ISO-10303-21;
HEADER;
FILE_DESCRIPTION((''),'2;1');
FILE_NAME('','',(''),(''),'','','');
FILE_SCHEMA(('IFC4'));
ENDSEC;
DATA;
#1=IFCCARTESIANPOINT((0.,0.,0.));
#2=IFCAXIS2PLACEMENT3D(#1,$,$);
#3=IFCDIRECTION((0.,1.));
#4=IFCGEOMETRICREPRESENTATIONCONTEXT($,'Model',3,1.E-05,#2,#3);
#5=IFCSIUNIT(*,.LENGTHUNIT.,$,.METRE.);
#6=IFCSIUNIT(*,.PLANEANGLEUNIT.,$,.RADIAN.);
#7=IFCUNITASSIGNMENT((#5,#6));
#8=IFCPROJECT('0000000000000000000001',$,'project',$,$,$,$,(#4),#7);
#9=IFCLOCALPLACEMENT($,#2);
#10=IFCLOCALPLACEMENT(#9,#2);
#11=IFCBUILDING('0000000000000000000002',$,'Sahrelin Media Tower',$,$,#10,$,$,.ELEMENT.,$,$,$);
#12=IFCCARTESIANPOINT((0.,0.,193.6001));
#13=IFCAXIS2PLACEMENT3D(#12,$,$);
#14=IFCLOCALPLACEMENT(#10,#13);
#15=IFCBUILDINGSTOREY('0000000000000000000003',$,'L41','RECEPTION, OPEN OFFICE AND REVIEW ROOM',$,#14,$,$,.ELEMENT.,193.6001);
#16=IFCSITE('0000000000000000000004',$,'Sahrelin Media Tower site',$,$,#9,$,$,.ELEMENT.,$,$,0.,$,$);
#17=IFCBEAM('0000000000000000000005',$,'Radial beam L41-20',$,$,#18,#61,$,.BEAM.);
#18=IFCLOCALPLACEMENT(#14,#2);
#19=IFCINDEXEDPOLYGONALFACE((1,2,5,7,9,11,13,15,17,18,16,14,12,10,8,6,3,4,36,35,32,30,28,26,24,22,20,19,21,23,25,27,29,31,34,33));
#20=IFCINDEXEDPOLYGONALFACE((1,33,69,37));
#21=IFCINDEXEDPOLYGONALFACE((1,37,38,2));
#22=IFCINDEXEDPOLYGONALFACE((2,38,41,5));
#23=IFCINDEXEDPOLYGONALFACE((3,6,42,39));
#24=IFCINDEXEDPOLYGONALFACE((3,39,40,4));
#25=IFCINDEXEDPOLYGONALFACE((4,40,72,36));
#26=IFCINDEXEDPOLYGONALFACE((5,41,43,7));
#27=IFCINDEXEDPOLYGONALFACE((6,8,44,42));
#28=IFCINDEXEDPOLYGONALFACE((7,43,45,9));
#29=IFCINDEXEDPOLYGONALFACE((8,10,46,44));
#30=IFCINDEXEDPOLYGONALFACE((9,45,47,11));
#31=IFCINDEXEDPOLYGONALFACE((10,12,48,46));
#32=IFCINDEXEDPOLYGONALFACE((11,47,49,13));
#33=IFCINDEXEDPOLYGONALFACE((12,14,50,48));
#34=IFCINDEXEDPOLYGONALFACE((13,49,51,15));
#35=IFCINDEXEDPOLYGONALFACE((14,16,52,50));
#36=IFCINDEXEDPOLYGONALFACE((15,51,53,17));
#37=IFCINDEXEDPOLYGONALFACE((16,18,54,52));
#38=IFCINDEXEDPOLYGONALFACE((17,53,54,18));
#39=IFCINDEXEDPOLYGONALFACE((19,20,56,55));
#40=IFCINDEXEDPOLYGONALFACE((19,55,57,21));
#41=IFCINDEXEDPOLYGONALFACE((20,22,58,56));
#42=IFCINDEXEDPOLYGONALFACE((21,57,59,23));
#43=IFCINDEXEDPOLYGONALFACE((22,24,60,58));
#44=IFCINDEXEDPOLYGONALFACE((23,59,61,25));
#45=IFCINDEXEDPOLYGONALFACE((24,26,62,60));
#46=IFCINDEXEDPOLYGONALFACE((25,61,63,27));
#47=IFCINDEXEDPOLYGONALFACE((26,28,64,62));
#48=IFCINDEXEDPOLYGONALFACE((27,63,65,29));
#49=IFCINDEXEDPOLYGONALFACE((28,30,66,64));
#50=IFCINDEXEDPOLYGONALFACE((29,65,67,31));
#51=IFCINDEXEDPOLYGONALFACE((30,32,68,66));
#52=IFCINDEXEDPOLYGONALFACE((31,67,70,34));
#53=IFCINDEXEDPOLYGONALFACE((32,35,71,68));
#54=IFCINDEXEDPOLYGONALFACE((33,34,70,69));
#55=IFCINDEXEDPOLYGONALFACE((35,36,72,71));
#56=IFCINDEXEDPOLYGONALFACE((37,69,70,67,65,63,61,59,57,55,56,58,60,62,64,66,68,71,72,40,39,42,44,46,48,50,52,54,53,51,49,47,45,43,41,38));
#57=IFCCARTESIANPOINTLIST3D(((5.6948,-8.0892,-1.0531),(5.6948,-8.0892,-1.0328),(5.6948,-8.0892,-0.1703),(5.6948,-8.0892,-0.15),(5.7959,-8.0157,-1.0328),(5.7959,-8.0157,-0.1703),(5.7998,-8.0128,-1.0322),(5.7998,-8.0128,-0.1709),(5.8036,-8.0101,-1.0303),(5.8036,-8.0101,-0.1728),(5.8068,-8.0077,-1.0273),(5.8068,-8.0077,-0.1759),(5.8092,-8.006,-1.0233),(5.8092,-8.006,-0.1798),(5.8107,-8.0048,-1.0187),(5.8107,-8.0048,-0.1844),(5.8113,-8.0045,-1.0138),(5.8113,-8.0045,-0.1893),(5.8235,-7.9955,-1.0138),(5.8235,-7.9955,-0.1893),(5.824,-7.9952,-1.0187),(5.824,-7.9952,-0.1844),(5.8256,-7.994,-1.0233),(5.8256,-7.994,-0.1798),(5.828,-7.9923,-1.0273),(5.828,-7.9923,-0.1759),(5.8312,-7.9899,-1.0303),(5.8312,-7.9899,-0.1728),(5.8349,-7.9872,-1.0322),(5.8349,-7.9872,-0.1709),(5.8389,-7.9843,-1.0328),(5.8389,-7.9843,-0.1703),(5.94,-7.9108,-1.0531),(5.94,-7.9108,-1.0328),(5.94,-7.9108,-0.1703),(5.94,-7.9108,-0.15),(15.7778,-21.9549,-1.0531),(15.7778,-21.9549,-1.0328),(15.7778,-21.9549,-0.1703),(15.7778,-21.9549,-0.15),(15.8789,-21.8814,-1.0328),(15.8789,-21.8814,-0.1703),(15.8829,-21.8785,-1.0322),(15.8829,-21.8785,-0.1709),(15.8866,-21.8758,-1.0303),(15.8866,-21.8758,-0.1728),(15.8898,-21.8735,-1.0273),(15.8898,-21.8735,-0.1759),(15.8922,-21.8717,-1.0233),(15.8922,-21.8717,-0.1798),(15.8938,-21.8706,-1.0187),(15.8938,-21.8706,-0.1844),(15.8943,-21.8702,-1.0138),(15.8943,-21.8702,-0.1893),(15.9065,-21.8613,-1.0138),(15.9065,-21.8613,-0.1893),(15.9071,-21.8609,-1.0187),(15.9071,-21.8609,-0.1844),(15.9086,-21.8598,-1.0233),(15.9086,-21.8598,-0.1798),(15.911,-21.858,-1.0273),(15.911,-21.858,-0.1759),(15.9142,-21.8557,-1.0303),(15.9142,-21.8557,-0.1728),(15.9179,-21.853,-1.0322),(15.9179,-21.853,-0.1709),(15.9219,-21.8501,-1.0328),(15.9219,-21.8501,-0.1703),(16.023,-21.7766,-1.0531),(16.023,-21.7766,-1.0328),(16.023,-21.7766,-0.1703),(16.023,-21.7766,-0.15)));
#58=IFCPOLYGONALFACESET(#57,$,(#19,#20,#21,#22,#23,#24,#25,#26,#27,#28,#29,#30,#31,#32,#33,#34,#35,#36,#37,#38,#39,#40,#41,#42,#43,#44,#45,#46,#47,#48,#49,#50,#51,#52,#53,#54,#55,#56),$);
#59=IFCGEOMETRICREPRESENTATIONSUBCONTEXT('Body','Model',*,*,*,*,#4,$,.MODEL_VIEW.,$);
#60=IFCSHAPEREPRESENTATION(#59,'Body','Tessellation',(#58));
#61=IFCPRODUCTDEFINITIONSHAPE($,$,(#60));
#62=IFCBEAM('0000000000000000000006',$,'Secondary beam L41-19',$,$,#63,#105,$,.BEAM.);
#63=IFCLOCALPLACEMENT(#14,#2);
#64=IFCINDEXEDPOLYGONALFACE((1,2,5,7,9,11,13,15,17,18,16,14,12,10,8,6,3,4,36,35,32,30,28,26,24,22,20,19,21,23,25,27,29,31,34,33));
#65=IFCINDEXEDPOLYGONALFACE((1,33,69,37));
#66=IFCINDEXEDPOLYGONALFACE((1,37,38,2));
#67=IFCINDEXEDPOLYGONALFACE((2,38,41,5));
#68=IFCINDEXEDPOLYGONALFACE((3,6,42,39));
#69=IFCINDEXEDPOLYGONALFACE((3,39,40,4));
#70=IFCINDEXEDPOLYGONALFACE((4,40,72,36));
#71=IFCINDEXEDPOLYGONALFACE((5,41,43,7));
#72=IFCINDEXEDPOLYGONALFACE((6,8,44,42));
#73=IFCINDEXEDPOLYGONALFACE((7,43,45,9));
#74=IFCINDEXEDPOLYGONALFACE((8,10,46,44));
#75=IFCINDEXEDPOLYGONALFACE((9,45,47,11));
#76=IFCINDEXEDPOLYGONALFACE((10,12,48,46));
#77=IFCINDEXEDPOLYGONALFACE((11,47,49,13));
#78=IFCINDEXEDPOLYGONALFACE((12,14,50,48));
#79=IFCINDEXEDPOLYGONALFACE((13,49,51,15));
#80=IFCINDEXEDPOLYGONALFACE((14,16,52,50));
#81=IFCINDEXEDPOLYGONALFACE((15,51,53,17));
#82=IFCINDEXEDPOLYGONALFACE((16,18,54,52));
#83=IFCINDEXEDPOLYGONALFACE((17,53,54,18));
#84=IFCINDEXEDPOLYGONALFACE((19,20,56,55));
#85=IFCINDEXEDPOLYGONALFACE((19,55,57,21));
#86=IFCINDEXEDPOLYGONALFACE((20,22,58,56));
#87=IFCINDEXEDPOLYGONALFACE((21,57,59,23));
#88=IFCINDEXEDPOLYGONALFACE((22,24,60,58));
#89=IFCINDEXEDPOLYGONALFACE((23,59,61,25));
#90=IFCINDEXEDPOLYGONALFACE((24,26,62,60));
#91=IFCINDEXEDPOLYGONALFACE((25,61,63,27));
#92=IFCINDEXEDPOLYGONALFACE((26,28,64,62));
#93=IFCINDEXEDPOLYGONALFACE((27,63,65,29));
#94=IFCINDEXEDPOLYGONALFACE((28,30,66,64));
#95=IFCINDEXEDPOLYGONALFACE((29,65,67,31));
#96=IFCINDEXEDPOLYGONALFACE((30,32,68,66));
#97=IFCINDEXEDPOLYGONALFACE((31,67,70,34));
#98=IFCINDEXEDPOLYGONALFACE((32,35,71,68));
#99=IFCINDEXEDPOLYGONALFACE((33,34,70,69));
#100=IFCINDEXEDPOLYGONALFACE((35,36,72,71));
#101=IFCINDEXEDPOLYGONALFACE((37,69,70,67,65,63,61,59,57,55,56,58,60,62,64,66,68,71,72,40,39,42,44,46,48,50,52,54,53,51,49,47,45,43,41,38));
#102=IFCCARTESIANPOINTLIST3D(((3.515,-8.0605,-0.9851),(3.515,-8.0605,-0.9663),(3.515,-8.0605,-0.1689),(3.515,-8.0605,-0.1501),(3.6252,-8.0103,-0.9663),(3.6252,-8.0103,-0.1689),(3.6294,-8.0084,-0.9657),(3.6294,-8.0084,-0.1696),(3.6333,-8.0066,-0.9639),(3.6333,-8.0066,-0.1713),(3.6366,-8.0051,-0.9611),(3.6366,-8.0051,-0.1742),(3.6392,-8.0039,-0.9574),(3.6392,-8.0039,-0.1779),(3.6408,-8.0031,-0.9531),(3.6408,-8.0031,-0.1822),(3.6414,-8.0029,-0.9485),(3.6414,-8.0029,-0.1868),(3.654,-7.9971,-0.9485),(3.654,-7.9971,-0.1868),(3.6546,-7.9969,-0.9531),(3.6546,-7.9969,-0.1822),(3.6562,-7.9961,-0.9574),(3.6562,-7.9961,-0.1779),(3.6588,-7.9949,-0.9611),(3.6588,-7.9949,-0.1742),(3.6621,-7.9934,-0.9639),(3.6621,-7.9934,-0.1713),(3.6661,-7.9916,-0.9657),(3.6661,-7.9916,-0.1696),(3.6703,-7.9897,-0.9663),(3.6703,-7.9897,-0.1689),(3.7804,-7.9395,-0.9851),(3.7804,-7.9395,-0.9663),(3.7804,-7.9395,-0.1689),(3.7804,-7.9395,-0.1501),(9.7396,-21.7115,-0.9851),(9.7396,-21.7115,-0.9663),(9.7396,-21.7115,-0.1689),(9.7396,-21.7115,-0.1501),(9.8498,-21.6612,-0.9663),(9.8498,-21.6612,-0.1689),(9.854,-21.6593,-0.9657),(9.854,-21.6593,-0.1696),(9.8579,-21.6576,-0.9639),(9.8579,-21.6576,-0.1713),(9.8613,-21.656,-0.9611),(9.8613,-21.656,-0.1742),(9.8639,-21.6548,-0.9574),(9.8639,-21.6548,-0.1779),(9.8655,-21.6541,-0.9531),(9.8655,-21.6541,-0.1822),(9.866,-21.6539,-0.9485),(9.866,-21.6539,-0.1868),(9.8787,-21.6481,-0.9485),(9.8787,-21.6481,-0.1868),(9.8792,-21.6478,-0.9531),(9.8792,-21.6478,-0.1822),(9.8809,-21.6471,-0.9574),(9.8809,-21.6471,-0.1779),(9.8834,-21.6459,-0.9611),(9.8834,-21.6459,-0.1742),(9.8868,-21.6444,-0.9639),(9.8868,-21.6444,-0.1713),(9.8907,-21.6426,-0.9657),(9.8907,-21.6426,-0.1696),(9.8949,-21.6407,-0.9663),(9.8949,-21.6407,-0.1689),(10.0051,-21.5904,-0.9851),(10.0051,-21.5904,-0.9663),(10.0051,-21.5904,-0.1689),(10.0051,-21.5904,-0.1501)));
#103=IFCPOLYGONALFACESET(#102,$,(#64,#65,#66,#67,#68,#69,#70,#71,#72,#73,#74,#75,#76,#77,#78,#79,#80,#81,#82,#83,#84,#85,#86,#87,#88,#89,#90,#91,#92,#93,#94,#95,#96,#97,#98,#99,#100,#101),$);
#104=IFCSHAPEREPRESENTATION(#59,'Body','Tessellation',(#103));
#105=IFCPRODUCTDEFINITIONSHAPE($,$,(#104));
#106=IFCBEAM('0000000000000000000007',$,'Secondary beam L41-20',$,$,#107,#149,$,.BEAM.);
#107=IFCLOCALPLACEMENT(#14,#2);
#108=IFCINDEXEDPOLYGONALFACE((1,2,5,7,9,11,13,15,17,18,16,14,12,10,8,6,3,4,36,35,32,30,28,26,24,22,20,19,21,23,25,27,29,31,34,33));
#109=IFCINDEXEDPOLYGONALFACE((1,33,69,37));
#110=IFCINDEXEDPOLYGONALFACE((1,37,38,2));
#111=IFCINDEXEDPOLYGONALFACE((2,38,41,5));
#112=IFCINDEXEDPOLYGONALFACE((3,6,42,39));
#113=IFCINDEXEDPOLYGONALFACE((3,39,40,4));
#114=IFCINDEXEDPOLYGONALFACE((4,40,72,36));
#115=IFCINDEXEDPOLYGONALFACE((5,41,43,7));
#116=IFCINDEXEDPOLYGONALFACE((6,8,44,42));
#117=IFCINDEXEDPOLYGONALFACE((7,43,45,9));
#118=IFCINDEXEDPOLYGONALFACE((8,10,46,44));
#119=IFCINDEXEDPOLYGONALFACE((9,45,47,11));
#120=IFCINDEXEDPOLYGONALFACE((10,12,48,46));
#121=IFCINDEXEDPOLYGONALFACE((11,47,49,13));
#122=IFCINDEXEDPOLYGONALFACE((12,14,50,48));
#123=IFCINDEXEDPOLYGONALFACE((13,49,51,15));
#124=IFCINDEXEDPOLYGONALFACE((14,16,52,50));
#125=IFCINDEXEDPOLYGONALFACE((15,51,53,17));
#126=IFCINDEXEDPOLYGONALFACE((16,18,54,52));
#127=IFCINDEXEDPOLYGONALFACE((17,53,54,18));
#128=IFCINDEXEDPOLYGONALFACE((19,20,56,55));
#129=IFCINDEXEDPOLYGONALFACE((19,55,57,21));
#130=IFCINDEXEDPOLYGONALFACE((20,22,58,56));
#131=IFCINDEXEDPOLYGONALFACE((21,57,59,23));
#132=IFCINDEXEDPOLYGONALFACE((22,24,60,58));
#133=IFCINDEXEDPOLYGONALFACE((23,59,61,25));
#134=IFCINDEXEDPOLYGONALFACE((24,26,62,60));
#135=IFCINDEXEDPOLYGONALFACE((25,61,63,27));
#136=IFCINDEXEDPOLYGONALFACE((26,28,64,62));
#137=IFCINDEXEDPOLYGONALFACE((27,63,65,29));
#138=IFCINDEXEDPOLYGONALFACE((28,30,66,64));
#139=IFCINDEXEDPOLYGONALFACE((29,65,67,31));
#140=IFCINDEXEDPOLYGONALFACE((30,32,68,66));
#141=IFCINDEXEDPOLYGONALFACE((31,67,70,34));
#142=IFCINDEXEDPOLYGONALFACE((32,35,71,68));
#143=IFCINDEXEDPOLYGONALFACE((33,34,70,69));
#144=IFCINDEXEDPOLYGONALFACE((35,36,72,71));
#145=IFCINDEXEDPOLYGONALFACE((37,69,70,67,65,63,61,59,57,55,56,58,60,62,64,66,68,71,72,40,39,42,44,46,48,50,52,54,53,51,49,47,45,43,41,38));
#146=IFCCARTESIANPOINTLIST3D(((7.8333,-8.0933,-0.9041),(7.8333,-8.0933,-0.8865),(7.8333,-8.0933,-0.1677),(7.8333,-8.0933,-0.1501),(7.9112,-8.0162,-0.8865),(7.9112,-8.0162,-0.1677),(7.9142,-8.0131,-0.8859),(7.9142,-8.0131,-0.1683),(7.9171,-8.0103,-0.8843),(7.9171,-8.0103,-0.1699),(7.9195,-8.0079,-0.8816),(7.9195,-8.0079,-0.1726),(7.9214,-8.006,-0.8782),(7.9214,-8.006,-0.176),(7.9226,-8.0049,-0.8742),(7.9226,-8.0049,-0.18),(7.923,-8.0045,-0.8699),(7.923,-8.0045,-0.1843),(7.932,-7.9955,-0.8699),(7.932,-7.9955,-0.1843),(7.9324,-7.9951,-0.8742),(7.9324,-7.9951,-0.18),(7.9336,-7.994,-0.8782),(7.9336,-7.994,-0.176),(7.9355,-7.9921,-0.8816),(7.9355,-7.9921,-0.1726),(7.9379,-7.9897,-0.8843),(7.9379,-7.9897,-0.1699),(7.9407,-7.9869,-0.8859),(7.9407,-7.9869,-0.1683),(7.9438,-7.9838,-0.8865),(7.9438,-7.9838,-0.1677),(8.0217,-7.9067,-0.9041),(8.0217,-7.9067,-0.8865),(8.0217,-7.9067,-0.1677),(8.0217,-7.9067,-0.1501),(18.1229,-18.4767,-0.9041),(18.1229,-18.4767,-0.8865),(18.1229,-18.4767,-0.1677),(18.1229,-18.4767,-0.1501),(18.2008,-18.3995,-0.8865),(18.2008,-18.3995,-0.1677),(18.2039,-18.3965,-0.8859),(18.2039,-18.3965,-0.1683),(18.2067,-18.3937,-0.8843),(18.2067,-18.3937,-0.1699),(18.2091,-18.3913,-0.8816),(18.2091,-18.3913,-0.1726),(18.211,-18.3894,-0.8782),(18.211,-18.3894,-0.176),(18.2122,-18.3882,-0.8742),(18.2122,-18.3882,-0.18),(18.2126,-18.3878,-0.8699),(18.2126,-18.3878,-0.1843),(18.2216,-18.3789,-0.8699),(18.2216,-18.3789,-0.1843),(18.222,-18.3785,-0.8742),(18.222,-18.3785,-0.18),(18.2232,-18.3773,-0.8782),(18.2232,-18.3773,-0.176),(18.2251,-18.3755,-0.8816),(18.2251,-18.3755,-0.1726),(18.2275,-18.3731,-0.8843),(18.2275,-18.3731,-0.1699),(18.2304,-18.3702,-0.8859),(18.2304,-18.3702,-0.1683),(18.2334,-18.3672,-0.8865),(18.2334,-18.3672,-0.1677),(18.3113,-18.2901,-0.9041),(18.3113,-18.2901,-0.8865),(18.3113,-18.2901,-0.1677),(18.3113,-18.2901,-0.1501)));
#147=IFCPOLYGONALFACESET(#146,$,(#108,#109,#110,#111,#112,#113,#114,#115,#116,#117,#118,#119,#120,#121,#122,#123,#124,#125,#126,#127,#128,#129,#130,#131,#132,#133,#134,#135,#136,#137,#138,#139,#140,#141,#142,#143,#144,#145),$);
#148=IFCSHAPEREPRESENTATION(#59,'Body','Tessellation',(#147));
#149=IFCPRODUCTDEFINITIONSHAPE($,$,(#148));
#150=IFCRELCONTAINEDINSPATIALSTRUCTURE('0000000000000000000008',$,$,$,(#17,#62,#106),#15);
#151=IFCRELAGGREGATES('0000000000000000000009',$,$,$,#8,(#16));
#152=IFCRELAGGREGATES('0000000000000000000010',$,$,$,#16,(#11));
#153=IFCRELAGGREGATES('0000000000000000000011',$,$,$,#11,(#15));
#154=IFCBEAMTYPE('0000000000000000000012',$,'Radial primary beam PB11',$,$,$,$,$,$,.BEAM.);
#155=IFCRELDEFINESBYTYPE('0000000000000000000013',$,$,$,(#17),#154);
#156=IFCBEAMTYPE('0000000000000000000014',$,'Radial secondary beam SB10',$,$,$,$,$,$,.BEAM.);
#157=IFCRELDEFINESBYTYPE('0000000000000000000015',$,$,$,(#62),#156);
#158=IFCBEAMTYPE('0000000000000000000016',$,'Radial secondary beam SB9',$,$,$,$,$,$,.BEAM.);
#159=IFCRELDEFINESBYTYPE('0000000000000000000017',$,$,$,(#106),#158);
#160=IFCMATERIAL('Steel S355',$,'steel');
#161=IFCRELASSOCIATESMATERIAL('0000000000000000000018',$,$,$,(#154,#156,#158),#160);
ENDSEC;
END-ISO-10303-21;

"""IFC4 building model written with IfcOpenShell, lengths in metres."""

from ifc_helpers import new_model, si_unit, direction, frame, origin, origin_2d, place, context, subcontext, project, spatial, i_section, extrude, material, material_profile, profile_set, type_object, element, save


model = new_model("IFC4")

# Units and contexts
model_context = context("Model", 3, precision=1e-05, world=origin(), true_north=direction((0.0, 1.0)))
body_context = subcontext(model_context, "Body", "Model", "MODEL_VIEW")
ifc_project = project(units=[si_unit("LENGTHUNIT", "METRE"), si_unit("PLANEANGLEUNIT", "RADIAN")], contexts=[model_context])

# Site, building, storey
site_placement = place(None, origin())
site = spatial("IfcSite", under=ifc_project, at=site_placement, Name="Sahrelin Media Tower site", CompositionType="ELEMENT", RefElevation=0.0)
building_placement = place(site_placement, origin())
building = spatial("IfcBuilding", under=site, at=building_placement, Name="Sahrelin Media Tower", CompositionType="ELEMENT")
storey_placement = place(building_placement, frame((0.0, 0.0, 193.6001)))
storey = spatial("IfcBuildingStorey", under=building, at=storey_placement, Name="L41", Description="RECEPTION, OPEN OFFICE AND REVIEW ROOM", CompositionType="ELEMENT", Elevation=193.6001)

# Shared definitions
ifc_material_1 = material(Name="Steel S355", Category="steel")

# Beams
ifc_material_profile_1 = material_profile(ifc_material_1, i_section(OverallWidth=0.3032, OverallDepth=0.9031, WebThickness=0.0151, FlangeThickness=0.0203, FilletRadius=0.019, at=origin_2d()), Name="UB 914x305x201")
ifc_profile_set_1 = profile_set([ifc_material_profile_1], Name="Steel S355")
beam_type_1 = type_object("IfcBeamType", Name="Radial primary beam PB11", PredefinedType="BEAM", material=ifc_profile_set_1)
beam_1_placement = place(storey_placement, frame((5.8174, -8.0, -0.6016), z_axis=(0.588128, -0.808768, 0.0), x_axis=(0.808768, 0.588128, 0.0)))
element("IfcBeam", 1, at=beam_1_placement, inside=storey, type_object=beam_type_1, Name="Radial beam L41-20", PredefinedType="BEAM", context=body_context, shape_type="SweptSolid", body=[
    extrude(i_section(OverallWidth=0.3032, OverallDepth=0.9031, WebThickness=0.0151, FlangeThickness=0.0203, FilletRadius=0.019, at=origin_2d()), origin(), (0.0, 0.0, 1.0), 17.1443),
])
ifc_material_profile_2 = material_profile(ifc_material_1, i_section(OverallWidth=0.2917, OverallDepth=0.835, WebThickness=0.0139, FlangeThickness=0.0188, FilletRadius=0.0178, at=origin_2d()), Name="UB 838x292x176")
ifc_profile_set_2 = profile_set([ifc_material_profile_2], Name="Steel S355")
beam_type_2 = type_object("IfcBeamType", Name="Radial secondary beam SB10", PredefinedType="BEAM", material=ifc_profile_set_2)
beam_2_placement = place(storey_placement, frame((3.6477, -8.0, -0.5676), z_axis=(0.414889, -0.909872, 0.0), x_axis=(0.909872, 0.414889, 0.0)))
element("IfcBeam", 2, at=beam_2_placement, inside=storey, type_object=beam_type_2, Name="Secondary beam L41-19", PredefinedType="BEAM", context=body_context, shape_type="SweptSolid", body=[
    extrude(i_section(OverallWidth=0.2917, OverallDepth=0.835, WebThickness=0.0139, FlangeThickness=0.0188, FilletRadius=0.0178, at=origin_2d()), origin(), (0.0, 0.0, 1.0), 15.0032),
])
ifc_material_profile_3 = material_profile(ifc_material_1, i_section(OverallWidth=0.2651, OverallDepth=0.7539, WebThickness=0.0127, FlangeThickness=0.0176, FilletRadius=0.0166, at=origin_2d()), Name="UB 762x267x147")
ifc_profile_set_3 = profile_set([ifc_material_profile_3], Name="Steel S355")
beam_type_3 = type_object("IfcBeamType", Name="Radial secondary beam SB9", PredefinedType="BEAM", material=ifc_profile_set_3)
beam_3_placement = place(storey_placement, frame((7.9275, -8.0, -0.5271), z_axis=(0.703893, -0.710306, 0.0), x_axis=(0.710306, 0.703893, 0.0)))
element("IfcBeam", 3, at=beam_3_placement, inside=storey, type_object=beam_type_3, Name="Secondary beam L41-20", PredefinedType="BEAM", context=body_context, shape_type="SweptSolid", body=[
    extrude(i_section(OverallWidth=0.2651, OverallDepth=0.7539, WebThickness=0.0127, FlangeThickness=0.0176, FilletRadius=0.0166, at=origin_2d()), origin(), (0.0, 0.0, 1.0), 14.6182),
])

save(model, "model.ifc")
